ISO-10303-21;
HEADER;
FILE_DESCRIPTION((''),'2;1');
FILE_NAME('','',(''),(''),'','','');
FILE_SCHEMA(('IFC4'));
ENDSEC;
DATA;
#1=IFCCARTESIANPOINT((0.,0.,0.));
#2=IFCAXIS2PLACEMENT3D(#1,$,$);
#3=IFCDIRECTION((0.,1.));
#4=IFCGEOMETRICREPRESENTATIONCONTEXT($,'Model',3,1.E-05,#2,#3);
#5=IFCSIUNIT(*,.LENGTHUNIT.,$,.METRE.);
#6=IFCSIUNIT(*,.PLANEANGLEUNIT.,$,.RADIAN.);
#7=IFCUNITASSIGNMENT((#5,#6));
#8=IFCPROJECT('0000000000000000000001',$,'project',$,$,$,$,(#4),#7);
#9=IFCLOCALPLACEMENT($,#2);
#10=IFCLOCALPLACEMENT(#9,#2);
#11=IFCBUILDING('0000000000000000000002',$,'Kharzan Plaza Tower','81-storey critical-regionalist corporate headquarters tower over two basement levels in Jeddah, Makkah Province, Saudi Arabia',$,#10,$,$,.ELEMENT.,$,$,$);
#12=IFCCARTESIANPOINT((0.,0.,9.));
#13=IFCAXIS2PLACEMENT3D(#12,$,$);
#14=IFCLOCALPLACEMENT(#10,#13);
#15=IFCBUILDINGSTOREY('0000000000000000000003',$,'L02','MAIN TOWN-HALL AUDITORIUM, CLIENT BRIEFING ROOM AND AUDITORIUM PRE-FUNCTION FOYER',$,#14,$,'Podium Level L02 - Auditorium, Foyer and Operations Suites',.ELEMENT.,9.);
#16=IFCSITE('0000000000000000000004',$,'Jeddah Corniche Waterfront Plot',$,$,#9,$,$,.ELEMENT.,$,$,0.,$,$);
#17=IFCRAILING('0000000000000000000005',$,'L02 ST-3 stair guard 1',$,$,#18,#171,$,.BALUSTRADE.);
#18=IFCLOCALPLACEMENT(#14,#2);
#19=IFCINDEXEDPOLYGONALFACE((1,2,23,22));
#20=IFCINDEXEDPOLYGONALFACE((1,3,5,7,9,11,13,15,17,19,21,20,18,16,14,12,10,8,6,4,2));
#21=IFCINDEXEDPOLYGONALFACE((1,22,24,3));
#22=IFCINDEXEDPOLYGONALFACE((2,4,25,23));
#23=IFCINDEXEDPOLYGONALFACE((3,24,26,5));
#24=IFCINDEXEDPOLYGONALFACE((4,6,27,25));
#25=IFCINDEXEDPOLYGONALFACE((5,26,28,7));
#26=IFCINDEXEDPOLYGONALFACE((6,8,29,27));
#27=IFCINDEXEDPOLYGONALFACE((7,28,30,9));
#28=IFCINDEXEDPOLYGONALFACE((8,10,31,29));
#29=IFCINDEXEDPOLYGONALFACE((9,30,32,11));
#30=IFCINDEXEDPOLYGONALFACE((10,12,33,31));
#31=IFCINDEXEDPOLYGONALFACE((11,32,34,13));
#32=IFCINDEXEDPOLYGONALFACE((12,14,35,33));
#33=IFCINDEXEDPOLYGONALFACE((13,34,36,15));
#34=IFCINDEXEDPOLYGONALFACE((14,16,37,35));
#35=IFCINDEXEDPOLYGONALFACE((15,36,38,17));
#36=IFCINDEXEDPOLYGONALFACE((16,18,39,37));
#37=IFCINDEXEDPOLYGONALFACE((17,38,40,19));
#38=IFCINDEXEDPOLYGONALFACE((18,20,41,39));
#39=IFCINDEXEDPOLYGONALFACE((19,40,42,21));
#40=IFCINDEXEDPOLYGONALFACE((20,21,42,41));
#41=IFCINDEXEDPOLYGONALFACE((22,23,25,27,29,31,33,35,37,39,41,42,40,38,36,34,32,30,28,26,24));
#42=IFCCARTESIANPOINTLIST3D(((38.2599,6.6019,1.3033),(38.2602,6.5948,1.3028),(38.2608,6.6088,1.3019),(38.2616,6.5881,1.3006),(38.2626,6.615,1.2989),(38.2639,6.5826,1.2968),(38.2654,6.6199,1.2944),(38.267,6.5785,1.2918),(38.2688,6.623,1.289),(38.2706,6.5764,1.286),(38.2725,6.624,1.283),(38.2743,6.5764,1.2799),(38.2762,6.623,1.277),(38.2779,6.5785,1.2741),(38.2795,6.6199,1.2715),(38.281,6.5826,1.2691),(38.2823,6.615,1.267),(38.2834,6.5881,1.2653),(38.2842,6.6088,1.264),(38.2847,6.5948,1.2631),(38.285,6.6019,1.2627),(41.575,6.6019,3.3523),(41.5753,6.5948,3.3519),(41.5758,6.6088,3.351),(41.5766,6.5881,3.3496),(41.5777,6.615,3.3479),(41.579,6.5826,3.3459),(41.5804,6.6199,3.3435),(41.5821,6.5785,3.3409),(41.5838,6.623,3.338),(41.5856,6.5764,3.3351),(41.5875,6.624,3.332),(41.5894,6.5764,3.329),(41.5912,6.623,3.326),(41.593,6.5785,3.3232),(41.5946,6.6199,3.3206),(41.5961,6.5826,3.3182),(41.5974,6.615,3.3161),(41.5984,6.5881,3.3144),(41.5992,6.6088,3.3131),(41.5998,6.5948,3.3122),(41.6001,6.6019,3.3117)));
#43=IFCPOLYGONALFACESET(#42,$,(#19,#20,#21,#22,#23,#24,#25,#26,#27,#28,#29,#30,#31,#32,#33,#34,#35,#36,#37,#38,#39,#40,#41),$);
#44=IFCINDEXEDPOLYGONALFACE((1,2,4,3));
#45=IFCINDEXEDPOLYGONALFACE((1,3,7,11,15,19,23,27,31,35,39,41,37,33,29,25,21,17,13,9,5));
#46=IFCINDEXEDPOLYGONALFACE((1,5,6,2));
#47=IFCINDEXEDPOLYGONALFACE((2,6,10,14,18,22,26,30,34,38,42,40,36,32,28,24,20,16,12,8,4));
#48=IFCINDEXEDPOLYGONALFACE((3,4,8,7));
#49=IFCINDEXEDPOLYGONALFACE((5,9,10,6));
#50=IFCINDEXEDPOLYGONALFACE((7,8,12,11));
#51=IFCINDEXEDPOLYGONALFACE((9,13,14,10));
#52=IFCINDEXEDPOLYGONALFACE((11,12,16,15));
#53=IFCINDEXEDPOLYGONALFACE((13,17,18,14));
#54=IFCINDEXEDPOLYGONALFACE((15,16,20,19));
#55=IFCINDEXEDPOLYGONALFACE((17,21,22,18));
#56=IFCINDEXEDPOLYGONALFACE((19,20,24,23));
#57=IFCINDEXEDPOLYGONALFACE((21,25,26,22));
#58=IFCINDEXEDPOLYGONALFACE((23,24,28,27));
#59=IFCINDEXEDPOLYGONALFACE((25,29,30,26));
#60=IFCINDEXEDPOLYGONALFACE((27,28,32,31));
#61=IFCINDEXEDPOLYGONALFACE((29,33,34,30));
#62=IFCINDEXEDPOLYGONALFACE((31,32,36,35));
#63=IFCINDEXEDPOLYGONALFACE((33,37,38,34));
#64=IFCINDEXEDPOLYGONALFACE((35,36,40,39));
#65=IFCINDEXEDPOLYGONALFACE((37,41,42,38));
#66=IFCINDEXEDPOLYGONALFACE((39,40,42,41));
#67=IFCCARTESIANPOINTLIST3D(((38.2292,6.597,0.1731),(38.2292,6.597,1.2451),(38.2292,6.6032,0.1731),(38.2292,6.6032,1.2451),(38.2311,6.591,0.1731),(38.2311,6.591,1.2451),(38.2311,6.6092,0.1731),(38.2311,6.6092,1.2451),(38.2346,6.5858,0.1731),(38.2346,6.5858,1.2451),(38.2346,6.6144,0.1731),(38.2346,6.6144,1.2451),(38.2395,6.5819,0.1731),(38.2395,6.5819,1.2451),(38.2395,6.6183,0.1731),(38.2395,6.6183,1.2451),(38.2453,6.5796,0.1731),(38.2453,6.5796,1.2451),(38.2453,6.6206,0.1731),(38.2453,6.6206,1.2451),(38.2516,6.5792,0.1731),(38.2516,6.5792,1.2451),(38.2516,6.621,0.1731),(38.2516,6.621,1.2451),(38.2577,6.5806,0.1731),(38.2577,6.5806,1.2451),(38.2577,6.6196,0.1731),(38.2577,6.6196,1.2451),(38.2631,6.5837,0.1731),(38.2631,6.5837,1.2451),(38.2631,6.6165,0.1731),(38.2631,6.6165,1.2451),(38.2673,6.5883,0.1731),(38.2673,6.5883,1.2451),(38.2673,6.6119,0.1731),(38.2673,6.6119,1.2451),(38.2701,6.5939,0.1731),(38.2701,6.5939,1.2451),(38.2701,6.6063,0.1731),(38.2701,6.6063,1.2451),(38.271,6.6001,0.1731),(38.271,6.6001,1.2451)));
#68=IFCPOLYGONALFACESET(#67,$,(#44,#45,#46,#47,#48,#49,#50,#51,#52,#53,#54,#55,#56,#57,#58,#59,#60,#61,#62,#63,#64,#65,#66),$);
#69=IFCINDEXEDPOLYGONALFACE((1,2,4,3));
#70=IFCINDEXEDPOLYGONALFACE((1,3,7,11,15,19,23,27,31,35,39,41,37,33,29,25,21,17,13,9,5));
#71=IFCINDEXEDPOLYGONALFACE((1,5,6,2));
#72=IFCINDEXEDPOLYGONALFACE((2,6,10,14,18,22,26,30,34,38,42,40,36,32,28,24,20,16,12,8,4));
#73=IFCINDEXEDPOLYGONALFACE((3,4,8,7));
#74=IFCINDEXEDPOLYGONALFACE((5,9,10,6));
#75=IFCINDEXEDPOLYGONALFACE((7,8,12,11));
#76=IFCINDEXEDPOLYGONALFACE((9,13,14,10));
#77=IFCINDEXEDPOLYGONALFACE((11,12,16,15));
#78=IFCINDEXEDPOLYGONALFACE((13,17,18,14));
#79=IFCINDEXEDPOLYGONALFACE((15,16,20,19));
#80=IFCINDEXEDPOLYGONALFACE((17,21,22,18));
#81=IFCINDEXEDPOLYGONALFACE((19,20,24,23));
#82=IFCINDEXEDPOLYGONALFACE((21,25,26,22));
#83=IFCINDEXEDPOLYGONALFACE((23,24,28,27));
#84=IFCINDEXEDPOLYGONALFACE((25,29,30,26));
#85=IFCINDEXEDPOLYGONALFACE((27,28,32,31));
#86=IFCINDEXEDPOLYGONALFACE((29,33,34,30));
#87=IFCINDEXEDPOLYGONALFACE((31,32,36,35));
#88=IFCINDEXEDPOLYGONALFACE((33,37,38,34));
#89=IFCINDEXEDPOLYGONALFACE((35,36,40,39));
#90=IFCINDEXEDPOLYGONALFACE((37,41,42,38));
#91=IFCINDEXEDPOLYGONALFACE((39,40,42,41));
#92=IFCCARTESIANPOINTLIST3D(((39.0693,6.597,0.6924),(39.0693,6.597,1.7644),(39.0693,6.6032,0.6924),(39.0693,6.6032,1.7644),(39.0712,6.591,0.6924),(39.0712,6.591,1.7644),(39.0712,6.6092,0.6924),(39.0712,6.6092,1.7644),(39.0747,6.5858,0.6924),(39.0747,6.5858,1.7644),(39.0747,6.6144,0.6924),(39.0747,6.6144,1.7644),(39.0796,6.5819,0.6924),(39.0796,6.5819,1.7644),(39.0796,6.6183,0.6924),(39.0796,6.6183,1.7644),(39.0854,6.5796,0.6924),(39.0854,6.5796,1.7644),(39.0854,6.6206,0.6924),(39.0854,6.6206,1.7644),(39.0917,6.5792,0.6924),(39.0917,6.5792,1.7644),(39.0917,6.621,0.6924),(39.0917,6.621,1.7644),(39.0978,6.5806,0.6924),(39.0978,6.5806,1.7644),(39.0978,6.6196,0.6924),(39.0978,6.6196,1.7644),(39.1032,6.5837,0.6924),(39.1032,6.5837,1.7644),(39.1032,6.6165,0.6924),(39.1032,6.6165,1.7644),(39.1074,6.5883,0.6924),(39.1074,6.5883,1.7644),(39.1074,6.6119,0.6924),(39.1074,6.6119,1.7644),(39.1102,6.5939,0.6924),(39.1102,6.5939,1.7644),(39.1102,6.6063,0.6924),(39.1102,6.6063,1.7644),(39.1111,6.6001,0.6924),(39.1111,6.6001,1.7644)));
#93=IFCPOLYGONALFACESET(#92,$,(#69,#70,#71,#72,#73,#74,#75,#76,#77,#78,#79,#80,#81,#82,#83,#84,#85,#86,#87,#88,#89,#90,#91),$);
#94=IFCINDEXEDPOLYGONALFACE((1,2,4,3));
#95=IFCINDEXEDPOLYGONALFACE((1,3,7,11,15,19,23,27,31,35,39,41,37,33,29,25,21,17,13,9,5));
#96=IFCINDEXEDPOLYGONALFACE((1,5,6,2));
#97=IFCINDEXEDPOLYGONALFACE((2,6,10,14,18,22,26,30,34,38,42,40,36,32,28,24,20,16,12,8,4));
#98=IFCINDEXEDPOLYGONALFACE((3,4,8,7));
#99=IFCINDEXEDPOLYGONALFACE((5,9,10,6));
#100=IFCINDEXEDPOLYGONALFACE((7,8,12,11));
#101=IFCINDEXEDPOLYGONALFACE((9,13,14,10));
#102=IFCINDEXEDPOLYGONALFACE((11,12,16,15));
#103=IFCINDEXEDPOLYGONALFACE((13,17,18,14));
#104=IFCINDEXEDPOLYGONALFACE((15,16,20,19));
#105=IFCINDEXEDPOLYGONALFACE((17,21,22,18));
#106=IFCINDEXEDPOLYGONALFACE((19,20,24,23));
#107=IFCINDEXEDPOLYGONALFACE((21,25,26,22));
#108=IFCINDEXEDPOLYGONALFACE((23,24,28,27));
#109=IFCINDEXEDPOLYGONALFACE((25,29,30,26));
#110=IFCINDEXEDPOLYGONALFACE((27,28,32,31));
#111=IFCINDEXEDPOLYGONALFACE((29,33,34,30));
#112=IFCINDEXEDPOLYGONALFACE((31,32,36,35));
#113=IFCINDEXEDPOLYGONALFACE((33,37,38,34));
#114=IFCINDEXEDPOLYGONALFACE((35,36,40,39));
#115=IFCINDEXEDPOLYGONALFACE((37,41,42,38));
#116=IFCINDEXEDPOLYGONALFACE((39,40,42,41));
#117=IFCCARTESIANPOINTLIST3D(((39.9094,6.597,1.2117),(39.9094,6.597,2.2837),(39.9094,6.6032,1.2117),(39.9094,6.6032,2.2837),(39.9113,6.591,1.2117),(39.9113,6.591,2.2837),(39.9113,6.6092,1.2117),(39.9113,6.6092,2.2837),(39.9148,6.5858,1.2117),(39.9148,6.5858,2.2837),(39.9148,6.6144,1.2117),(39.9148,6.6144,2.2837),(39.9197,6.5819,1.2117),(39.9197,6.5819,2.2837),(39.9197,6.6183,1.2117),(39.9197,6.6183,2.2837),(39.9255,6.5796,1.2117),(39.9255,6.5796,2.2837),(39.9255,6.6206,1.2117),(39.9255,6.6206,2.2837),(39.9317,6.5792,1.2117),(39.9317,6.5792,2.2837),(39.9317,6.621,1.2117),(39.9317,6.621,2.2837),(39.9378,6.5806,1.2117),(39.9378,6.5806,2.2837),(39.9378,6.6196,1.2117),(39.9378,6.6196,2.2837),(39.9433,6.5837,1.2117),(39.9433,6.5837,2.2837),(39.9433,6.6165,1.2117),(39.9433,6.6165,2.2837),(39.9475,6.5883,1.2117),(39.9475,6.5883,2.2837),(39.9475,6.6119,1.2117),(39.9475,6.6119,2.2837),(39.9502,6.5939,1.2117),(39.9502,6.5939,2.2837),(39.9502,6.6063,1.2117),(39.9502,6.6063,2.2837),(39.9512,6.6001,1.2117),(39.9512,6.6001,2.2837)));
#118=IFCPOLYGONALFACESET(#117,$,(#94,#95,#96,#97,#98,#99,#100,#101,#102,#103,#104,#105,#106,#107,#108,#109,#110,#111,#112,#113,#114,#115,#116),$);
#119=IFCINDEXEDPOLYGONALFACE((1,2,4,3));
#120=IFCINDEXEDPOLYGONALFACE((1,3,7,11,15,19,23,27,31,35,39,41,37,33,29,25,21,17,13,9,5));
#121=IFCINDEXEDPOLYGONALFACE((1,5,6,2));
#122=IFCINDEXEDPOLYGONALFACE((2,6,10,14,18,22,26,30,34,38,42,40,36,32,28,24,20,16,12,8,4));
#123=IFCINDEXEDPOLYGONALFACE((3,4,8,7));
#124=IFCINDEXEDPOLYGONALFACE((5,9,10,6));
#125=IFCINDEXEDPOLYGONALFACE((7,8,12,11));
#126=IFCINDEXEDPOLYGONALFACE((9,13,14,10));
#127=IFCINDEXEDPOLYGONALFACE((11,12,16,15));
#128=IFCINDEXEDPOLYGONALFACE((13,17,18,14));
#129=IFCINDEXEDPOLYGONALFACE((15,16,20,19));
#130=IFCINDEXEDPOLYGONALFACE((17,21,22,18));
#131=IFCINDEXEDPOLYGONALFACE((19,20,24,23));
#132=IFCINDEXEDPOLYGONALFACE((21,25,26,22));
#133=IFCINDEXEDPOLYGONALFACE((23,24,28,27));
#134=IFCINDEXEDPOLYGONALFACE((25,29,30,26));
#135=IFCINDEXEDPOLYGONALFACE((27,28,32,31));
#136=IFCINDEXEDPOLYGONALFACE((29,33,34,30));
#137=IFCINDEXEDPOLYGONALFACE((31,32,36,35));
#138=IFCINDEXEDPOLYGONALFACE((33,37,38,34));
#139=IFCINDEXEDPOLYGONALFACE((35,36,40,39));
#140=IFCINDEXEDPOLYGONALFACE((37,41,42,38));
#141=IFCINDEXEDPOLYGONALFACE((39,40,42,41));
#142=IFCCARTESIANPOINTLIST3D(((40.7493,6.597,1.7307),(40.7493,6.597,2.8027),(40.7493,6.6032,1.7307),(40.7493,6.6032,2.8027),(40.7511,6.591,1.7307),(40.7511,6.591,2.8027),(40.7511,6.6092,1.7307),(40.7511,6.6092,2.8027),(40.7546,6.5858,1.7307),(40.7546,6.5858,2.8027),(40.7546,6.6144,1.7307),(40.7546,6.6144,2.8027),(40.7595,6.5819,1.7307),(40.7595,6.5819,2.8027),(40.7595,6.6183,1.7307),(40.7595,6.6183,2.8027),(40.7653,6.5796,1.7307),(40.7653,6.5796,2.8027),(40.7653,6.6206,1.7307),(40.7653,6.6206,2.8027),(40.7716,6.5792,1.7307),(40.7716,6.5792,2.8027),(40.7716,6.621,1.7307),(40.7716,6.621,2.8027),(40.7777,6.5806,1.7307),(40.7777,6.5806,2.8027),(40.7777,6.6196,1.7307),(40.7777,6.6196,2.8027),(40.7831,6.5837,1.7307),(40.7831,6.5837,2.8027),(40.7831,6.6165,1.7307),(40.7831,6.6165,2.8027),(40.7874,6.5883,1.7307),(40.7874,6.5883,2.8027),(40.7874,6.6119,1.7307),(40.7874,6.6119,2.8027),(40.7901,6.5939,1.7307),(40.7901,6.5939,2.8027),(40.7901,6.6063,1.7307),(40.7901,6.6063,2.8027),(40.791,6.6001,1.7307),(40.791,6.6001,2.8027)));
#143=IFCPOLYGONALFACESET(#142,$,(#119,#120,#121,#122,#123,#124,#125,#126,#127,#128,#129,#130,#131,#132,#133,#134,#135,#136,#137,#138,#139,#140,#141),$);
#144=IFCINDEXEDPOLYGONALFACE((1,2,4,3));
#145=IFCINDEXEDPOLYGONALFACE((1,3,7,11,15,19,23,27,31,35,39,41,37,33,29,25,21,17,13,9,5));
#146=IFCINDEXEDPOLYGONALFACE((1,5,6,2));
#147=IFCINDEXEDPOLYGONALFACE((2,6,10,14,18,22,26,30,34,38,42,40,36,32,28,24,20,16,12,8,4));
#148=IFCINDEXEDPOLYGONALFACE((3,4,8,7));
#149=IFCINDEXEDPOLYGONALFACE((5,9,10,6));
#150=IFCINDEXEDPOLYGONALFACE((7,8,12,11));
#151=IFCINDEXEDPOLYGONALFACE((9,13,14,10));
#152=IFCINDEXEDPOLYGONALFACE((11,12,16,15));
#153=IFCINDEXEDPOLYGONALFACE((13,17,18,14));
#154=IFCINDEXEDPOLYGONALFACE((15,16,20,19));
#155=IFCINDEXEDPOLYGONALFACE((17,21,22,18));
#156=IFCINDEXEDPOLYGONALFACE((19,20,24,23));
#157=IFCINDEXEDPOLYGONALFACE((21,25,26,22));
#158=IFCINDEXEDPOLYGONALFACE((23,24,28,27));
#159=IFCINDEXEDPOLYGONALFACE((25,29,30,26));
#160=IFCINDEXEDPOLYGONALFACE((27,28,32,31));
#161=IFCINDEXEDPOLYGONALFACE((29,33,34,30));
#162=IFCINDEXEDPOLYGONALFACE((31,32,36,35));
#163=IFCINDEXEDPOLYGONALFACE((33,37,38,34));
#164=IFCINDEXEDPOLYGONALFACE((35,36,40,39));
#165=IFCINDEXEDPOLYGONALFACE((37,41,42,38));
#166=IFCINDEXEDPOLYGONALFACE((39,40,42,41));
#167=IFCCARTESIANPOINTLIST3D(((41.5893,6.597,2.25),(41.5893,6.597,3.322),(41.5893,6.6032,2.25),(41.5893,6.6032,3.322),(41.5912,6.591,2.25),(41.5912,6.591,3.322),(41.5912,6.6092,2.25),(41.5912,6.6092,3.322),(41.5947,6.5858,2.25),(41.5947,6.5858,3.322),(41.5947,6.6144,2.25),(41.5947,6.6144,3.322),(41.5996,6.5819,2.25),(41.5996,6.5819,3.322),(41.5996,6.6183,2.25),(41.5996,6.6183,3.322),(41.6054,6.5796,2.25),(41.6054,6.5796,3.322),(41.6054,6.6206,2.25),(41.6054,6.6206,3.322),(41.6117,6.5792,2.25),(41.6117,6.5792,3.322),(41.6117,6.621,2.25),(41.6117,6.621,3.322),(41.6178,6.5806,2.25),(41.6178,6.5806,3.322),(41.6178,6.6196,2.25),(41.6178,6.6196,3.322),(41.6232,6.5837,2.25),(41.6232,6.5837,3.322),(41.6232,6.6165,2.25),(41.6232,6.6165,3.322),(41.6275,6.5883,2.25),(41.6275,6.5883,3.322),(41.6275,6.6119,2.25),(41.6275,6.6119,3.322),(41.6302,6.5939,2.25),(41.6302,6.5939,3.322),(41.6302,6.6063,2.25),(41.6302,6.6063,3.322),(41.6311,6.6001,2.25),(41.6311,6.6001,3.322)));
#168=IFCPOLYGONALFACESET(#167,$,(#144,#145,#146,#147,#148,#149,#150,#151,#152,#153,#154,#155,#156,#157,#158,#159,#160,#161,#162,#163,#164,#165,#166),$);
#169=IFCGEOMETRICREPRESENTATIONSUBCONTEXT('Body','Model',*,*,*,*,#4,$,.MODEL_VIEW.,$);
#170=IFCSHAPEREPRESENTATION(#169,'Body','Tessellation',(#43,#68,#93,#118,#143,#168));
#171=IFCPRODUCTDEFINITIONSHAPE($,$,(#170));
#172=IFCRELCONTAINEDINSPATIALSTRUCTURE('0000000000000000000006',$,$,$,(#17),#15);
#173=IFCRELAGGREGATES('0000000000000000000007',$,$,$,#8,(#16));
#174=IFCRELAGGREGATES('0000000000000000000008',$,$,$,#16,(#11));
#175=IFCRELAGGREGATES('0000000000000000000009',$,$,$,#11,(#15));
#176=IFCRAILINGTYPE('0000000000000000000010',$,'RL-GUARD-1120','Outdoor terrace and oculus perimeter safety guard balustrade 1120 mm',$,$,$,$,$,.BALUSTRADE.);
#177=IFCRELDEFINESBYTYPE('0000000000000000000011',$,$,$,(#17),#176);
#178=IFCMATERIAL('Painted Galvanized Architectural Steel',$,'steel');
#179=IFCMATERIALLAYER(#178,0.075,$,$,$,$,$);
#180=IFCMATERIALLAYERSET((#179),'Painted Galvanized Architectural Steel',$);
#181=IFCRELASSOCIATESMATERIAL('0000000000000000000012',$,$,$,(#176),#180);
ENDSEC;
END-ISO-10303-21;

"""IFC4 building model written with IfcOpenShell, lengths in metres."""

from ifc_helpers import new_model, si_unit, direction, frame, origin, origin_2d, place, context, subcontext, project, spatial, circle, extrude, source, transform, mapped, material, layer, layer_set, type_object, element, save


model = new_model("IFC4")

# Units and contexts
model_context = context("Model", 3, precision=1e-05, world=origin(), true_north=direction((0.0, 1.0)))
body_context = subcontext(model_context, "Body", "Model", "MODEL_VIEW")
ifc_project = project(units=[si_unit("LENGTHUNIT", "METRE"), si_unit("PLANEANGLEUNIT", "RADIAN")], contexts=[model_context])

# Site, building, storey
site_placement = place(None, origin())
site = spatial("IfcSite", under=ifc_project, at=site_placement, Name="Jeddah Corniche Waterfront Plot", CompositionType="ELEMENT", RefElevation=0.0)
building_placement = place(site_placement, origin())
building = spatial("IfcBuilding", under=site, at=building_placement, Name="Kharzan Plaza Tower", Description="81-storey critical-regionalist corporate headquarters tower over two basement levels in Jeddah, Makkah Province, Saudi Arabia", CompositionType="ELEMENT")
storey_placement = place(building_placement, frame((0.0, 0.0, 9.0)))
storey = spatial("IfcBuildingStorey", under=building, at=storey_placement, Name="L02", Description="MAIN TOWN-HALL AUDITORIUM, CLIENT BRIEFING ROOM AND AUDITORIUM PRE-FUNCTION FOYER", LongName="Podium Level L02 - Auditorium, Foyer and Operations Suites", CompositionType="ELEMENT", Elevation=9.0)

# Railing
ifc_material_1 = material(Name="Painted Galvanized Architectural Steel", Category="steel")
ifc_layer_1 = layer(ifc_material_1, 0.075)
ifc_layer_set_1 = layer_set([ifc_layer_1], Name="Painted Galvanized Architectural Steel")
railing_type_1 = type_object("IfcRailingType", Name="RL-GUARD-1120", Description="Outdoor terrace and oculus perimeter safety guard balustrade 1120 mm", PredefinedType="BALUSTRADE", material=ifc_layer_set_1)
shared_shape_1 = source(origin(), body_context, "Body", "SweptSolid", [
    extrude(circle(Radius=0.0239, at=origin_2d()), frame((0.0225, 0.0, 1.1099), z_axis=(0.850623, 0.0, 0.525776), x_axis=(0.0, 1.0, 0.0)), (0.0, 0.0, 1.0), 3.8972),
    extrude(circle(Radius=0.021, at=origin_2d()), origin(), (0.0, 0.0, 1.0), 1.072),
    extrude(circle(Radius=0.021, at=origin_2d()), frame((0.8401, 0.0, 0.5193)), (0.0, 0.0, 1.0), 1.072),
    extrude(circle(Radius=0.021, at=origin_2d()), frame((1.6802, 0.0, 1.0386)), (0.0, 0.0, 1.0), 1.072),
    extrude(circle(Radius=0.021, at=origin_2d()), frame((2.52, 0.0, 1.5576)), (0.0, 0.0, 1.0), 1.072),
    extrude(circle(Radius=0.021, at=origin_2d()), frame((3.3601, 0.0, 2.0769)), (0.0, 0.0, 1.0), 1.072),
])
railing_1_placement = place(storey_placement, frame((38.25, 6.6001, 0.1731)))
element("IfcRailing", 1, at=railing_1_placement, inside=storey, type_object=railing_type_1, Name="L02 ST-3 stair guard 1", PredefinedType="BALUSTRADE", context=body_context, shape_type="MappedRepresentation", body=[
    mapped(shared_shape_1, transform((0.0, 0.0, 0.0), x_axis=(1.0, 0.0, 0.0), y_axis=(0.0, 1.0, 0.0), z_axis=(0.0, 0.0, 1.0))),
])

save(model, "model.ifc")
